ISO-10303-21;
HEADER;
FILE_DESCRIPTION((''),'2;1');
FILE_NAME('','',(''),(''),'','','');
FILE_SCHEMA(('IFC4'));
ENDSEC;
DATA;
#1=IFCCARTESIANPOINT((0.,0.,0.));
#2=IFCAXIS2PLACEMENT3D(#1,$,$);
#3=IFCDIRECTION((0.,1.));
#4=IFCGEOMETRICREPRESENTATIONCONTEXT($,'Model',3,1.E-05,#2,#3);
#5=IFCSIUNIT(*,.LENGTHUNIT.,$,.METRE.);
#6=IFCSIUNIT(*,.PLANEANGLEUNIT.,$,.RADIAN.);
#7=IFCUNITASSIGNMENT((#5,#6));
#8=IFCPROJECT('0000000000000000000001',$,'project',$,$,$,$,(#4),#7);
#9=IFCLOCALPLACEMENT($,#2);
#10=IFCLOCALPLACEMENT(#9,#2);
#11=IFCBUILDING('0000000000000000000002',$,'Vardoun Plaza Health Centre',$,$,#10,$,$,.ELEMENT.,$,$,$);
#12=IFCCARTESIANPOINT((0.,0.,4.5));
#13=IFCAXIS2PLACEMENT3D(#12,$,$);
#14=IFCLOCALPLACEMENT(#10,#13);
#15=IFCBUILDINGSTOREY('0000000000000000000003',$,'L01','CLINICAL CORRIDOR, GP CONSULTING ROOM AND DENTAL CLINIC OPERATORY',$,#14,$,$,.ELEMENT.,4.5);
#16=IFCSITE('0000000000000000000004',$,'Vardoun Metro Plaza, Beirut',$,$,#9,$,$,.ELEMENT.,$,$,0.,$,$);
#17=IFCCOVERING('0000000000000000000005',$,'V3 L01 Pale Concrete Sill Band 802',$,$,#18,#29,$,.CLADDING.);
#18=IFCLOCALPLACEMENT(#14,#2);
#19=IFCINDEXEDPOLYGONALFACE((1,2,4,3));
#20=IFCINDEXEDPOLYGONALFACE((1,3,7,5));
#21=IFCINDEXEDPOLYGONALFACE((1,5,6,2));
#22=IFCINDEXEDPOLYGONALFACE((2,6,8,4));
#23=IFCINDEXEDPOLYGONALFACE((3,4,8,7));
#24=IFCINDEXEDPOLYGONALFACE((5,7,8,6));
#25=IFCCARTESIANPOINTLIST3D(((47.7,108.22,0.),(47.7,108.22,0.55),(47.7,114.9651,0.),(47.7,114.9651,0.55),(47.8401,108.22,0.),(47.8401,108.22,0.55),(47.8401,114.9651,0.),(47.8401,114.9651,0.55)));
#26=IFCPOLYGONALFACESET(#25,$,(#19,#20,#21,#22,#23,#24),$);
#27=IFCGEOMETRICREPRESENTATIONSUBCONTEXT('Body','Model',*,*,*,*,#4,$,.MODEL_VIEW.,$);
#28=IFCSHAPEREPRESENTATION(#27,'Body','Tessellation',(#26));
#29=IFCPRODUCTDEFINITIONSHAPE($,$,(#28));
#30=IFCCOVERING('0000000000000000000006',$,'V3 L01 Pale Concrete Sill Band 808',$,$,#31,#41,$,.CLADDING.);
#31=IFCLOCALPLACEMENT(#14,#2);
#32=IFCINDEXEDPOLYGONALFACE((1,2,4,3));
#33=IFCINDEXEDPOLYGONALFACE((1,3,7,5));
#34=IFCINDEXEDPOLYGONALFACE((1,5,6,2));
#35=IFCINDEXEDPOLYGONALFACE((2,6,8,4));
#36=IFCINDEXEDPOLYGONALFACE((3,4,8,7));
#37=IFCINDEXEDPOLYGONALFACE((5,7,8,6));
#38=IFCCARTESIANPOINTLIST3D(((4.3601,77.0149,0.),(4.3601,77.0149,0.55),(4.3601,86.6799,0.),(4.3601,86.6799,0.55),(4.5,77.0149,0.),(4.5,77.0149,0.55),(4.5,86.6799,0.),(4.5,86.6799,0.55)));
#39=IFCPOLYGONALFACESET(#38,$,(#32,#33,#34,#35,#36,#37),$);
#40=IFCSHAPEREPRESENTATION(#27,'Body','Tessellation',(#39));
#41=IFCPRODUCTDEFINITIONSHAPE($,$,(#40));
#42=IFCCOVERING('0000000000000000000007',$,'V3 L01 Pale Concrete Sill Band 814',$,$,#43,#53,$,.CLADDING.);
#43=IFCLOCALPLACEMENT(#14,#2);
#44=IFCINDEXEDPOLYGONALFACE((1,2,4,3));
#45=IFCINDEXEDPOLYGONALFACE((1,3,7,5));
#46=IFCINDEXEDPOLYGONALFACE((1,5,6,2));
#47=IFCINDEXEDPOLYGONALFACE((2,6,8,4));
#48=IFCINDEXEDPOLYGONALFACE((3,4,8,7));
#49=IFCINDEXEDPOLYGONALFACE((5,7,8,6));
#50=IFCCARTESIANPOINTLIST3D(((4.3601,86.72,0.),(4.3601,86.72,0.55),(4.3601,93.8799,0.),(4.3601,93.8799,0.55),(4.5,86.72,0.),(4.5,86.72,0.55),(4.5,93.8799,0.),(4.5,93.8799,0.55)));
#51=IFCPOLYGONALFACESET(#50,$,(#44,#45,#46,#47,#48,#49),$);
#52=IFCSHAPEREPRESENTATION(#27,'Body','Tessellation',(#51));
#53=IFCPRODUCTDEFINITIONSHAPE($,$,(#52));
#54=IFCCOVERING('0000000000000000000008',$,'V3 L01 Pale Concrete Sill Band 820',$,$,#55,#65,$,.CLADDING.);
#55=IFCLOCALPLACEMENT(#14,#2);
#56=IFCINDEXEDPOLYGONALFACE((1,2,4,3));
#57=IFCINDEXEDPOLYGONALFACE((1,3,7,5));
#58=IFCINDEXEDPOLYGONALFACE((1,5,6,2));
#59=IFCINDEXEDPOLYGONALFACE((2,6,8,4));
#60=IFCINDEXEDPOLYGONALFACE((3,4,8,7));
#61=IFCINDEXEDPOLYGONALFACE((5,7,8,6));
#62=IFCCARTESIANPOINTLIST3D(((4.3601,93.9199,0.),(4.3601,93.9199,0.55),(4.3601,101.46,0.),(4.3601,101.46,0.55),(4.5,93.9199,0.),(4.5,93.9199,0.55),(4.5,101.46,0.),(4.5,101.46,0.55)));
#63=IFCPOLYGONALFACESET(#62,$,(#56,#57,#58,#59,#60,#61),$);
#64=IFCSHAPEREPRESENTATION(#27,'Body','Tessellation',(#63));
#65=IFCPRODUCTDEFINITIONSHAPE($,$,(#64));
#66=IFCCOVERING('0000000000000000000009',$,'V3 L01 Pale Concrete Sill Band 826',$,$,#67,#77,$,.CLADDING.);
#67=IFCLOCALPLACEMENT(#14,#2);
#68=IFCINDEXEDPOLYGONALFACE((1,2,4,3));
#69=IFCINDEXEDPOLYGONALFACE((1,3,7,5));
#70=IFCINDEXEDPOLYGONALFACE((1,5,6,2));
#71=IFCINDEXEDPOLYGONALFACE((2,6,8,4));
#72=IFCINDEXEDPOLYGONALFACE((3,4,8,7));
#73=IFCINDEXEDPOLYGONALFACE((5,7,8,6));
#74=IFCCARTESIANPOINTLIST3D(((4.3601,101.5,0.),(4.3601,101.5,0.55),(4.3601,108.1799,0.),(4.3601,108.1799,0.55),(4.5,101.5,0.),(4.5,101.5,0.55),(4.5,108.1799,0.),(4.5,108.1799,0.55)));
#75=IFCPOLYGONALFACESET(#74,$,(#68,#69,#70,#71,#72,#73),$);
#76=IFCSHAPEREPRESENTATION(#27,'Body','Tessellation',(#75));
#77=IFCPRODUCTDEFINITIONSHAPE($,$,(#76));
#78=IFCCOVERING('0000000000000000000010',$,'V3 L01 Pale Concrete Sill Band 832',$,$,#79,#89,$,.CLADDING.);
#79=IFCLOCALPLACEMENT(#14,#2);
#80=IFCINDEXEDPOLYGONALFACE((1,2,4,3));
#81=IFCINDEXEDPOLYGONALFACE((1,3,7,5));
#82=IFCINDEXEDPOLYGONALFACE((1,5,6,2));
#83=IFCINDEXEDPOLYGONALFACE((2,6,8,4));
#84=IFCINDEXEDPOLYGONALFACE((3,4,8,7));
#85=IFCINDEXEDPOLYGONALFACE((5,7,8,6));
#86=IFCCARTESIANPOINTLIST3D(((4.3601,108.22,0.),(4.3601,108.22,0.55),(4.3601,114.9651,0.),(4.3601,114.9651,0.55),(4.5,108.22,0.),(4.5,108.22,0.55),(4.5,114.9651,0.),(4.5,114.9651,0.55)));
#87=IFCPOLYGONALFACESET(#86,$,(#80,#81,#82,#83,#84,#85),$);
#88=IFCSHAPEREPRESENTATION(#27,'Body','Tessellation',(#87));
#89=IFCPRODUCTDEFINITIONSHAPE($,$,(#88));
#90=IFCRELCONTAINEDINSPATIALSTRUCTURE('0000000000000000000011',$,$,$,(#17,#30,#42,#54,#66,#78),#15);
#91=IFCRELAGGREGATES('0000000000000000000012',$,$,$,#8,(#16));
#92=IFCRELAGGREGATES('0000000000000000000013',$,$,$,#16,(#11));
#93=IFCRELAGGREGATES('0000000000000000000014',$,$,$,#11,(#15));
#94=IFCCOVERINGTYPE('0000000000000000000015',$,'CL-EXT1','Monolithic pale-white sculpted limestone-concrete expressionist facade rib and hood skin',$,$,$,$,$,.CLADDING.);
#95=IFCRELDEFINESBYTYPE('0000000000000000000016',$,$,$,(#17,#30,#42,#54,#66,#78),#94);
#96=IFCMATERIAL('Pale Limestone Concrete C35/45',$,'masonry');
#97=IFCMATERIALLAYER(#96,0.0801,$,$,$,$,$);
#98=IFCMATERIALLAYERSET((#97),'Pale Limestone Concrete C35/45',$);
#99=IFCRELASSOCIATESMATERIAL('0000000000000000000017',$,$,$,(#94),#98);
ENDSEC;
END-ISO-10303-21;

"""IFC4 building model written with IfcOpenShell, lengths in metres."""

from ifc_helpers import new_model, si_unit, direction, frame, origin, place, context, subcontext, project, spatial, polyline, outline, extrude, material, layer, layer_set, type_object, element, save


model = new_model("IFC4")

# Units and contexts
model_context = context("Model", 3, precision=1e-05, world=origin(), true_north=direction((0.0, 1.0)))
body_context = subcontext(model_context, "Body", "Model", "MODEL_VIEW")
ifc_project = project(units=[si_unit("LENGTHUNIT", "METRE"), si_unit("PLANEANGLEUNIT", "RADIAN")], contexts=[model_context])

# Site, building, storey
site_placement = place(None, origin())
site = spatial("IfcSite", under=ifc_project, at=site_placement, Name="Vardoun Metro Plaza, Beirut", CompositionType="ELEMENT", RefElevation=0.0)
building_placement = place(site_placement, origin())
building = spatial("IfcBuilding", under=site, at=building_placement, Name="Vardoun Plaza Health Centre", CompositionType="ELEMENT")
storey_placement = place(building_placement, frame((0.0, 0.0, 4.5)))
storey = spatial("IfcBuildingStorey", under=building, at=storey_placement, Name="L01", Description="CLINICAL CORRIDOR, GP CONSULTING ROOM AND DENTAL CLINIC OPERATORY", CompositionType="ELEMENT", Elevation=4.5)

# Coverings
ifc_material = material(Name="Pale Limestone Concrete C35/45", Category="masonry")
ifc_layer = layer(ifc_material, 0.0801)
ifc_layer_set = layer_set([ifc_layer], Name="Pale Limestone Concrete C35/45")
covering_type = type_object("IfcCoveringType", Name="CL-EXT1", Description="Monolithic pale-white sculpted limestone-concrete expressionist facade rib and hood skin", PredefinedType="CLADDING", material=ifc_layer_set)
covering_1_placement = place(storey_placement, origin())
element("IfcCovering", 1, at=covering_1_placement, inside=storey, type_object=covering_type, Name="V3 L01 Pale Concrete Sill Band 802", PredefinedType="CLADDING", context=body_context, shape_type="SweptSolid", body=[
    extrude(outline(polyline([(47.7, 114.9651), (47.7, 108.22), (47.8401, 108.22), (47.8401, 114.9651), (47.7, 114.9651)])), origin(), (0.0, 0.0, 1.0), 0.55),
])
covering_2_placement = place(storey_placement, origin())
element("IfcCovering", 2, at=covering_2_placement, inside=storey, type_object=covering_type, Name="V3 L01 Pale Concrete Sill Band 808", PredefinedType="CLADDING", context=body_context, shape_type="SweptSolid", body=[
    extrude(outline(polyline([(4.5, 77.0149), (4.5, 86.6799), (4.3601, 86.6799), (4.3601, 77.0149), (4.5, 77.0149)])), origin(), (0.0, 0.0, 1.0), 0.55),
])
covering_3_placement = place(storey_placement, origin())
element("IfcCovering", 3, at=covering_3_placement, inside=storey, type_object=covering_type, Name="V3 L01 Pale Concrete Sill Band 814", PredefinedType="CLADDING", context=body_context, shape_type="SweptSolid", body=[
    extrude(outline(polyline([(4.5, 86.72), (4.5, 93.8799), (4.3601, 93.8799), (4.3601, 86.72), (4.5, 86.72)])), origin(), (0.0, 0.0, 1.0), 0.55),
])
covering_4_placement = place(storey_placement, origin())
element("IfcCovering", 4, at=covering_4_placement, inside=storey, type_object=covering_type, Name="V3 L01 Pale Concrete Sill Band 820", PredefinedType="CLADDING", context=body_context, shape_type="SweptSolid", body=[
    extrude(outline(polyline([(4.5, 93.9199), (4.5, 101.46), (4.3601, 101.46), (4.3601, 93.9199), (4.5, 93.9199)])), origin(), (0.0, 0.0, 1.0), 0.55),
])
covering_5_placement = place(storey_placement, origin())
element("IfcCovering", 5, at=covering_5_placement, inside=storey, type_object=covering_type, Name="V3 L01 Pale Concrete Sill Band 826", PredefinedType="CLADDING", context=body_context, shape_type="SweptSolid", body=[
    extrude(outline(polyline([(4.5, 101.5), (4.5, 108.1799), (4.3601, 108.1799), (4.3601, 101.5), (4.5, 101.5)])), origin(), (0.0, 0.0, 1.0), 0.55),
])
covering_6_placement = place(storey_placement, origin())
element("IfcCovering", 6, at=covering_6_placement, inside=storey, type_object=covering_type, Name="V3 L01 Pale Concrete Sill Band 832", PredefinedType="CLADDING", context=body_context, shape_type="SweptSolid", body=[
    extrude(outline(polyline([(4.5, 108.22), (4.5, 114.9651), (4.3601, 114.9651), (4.3601, 108.22), (4.5, 108.22)])), origin(), (0.0, 0.0, 1.0), 0.55),
])

save(model, "model.ifc")
